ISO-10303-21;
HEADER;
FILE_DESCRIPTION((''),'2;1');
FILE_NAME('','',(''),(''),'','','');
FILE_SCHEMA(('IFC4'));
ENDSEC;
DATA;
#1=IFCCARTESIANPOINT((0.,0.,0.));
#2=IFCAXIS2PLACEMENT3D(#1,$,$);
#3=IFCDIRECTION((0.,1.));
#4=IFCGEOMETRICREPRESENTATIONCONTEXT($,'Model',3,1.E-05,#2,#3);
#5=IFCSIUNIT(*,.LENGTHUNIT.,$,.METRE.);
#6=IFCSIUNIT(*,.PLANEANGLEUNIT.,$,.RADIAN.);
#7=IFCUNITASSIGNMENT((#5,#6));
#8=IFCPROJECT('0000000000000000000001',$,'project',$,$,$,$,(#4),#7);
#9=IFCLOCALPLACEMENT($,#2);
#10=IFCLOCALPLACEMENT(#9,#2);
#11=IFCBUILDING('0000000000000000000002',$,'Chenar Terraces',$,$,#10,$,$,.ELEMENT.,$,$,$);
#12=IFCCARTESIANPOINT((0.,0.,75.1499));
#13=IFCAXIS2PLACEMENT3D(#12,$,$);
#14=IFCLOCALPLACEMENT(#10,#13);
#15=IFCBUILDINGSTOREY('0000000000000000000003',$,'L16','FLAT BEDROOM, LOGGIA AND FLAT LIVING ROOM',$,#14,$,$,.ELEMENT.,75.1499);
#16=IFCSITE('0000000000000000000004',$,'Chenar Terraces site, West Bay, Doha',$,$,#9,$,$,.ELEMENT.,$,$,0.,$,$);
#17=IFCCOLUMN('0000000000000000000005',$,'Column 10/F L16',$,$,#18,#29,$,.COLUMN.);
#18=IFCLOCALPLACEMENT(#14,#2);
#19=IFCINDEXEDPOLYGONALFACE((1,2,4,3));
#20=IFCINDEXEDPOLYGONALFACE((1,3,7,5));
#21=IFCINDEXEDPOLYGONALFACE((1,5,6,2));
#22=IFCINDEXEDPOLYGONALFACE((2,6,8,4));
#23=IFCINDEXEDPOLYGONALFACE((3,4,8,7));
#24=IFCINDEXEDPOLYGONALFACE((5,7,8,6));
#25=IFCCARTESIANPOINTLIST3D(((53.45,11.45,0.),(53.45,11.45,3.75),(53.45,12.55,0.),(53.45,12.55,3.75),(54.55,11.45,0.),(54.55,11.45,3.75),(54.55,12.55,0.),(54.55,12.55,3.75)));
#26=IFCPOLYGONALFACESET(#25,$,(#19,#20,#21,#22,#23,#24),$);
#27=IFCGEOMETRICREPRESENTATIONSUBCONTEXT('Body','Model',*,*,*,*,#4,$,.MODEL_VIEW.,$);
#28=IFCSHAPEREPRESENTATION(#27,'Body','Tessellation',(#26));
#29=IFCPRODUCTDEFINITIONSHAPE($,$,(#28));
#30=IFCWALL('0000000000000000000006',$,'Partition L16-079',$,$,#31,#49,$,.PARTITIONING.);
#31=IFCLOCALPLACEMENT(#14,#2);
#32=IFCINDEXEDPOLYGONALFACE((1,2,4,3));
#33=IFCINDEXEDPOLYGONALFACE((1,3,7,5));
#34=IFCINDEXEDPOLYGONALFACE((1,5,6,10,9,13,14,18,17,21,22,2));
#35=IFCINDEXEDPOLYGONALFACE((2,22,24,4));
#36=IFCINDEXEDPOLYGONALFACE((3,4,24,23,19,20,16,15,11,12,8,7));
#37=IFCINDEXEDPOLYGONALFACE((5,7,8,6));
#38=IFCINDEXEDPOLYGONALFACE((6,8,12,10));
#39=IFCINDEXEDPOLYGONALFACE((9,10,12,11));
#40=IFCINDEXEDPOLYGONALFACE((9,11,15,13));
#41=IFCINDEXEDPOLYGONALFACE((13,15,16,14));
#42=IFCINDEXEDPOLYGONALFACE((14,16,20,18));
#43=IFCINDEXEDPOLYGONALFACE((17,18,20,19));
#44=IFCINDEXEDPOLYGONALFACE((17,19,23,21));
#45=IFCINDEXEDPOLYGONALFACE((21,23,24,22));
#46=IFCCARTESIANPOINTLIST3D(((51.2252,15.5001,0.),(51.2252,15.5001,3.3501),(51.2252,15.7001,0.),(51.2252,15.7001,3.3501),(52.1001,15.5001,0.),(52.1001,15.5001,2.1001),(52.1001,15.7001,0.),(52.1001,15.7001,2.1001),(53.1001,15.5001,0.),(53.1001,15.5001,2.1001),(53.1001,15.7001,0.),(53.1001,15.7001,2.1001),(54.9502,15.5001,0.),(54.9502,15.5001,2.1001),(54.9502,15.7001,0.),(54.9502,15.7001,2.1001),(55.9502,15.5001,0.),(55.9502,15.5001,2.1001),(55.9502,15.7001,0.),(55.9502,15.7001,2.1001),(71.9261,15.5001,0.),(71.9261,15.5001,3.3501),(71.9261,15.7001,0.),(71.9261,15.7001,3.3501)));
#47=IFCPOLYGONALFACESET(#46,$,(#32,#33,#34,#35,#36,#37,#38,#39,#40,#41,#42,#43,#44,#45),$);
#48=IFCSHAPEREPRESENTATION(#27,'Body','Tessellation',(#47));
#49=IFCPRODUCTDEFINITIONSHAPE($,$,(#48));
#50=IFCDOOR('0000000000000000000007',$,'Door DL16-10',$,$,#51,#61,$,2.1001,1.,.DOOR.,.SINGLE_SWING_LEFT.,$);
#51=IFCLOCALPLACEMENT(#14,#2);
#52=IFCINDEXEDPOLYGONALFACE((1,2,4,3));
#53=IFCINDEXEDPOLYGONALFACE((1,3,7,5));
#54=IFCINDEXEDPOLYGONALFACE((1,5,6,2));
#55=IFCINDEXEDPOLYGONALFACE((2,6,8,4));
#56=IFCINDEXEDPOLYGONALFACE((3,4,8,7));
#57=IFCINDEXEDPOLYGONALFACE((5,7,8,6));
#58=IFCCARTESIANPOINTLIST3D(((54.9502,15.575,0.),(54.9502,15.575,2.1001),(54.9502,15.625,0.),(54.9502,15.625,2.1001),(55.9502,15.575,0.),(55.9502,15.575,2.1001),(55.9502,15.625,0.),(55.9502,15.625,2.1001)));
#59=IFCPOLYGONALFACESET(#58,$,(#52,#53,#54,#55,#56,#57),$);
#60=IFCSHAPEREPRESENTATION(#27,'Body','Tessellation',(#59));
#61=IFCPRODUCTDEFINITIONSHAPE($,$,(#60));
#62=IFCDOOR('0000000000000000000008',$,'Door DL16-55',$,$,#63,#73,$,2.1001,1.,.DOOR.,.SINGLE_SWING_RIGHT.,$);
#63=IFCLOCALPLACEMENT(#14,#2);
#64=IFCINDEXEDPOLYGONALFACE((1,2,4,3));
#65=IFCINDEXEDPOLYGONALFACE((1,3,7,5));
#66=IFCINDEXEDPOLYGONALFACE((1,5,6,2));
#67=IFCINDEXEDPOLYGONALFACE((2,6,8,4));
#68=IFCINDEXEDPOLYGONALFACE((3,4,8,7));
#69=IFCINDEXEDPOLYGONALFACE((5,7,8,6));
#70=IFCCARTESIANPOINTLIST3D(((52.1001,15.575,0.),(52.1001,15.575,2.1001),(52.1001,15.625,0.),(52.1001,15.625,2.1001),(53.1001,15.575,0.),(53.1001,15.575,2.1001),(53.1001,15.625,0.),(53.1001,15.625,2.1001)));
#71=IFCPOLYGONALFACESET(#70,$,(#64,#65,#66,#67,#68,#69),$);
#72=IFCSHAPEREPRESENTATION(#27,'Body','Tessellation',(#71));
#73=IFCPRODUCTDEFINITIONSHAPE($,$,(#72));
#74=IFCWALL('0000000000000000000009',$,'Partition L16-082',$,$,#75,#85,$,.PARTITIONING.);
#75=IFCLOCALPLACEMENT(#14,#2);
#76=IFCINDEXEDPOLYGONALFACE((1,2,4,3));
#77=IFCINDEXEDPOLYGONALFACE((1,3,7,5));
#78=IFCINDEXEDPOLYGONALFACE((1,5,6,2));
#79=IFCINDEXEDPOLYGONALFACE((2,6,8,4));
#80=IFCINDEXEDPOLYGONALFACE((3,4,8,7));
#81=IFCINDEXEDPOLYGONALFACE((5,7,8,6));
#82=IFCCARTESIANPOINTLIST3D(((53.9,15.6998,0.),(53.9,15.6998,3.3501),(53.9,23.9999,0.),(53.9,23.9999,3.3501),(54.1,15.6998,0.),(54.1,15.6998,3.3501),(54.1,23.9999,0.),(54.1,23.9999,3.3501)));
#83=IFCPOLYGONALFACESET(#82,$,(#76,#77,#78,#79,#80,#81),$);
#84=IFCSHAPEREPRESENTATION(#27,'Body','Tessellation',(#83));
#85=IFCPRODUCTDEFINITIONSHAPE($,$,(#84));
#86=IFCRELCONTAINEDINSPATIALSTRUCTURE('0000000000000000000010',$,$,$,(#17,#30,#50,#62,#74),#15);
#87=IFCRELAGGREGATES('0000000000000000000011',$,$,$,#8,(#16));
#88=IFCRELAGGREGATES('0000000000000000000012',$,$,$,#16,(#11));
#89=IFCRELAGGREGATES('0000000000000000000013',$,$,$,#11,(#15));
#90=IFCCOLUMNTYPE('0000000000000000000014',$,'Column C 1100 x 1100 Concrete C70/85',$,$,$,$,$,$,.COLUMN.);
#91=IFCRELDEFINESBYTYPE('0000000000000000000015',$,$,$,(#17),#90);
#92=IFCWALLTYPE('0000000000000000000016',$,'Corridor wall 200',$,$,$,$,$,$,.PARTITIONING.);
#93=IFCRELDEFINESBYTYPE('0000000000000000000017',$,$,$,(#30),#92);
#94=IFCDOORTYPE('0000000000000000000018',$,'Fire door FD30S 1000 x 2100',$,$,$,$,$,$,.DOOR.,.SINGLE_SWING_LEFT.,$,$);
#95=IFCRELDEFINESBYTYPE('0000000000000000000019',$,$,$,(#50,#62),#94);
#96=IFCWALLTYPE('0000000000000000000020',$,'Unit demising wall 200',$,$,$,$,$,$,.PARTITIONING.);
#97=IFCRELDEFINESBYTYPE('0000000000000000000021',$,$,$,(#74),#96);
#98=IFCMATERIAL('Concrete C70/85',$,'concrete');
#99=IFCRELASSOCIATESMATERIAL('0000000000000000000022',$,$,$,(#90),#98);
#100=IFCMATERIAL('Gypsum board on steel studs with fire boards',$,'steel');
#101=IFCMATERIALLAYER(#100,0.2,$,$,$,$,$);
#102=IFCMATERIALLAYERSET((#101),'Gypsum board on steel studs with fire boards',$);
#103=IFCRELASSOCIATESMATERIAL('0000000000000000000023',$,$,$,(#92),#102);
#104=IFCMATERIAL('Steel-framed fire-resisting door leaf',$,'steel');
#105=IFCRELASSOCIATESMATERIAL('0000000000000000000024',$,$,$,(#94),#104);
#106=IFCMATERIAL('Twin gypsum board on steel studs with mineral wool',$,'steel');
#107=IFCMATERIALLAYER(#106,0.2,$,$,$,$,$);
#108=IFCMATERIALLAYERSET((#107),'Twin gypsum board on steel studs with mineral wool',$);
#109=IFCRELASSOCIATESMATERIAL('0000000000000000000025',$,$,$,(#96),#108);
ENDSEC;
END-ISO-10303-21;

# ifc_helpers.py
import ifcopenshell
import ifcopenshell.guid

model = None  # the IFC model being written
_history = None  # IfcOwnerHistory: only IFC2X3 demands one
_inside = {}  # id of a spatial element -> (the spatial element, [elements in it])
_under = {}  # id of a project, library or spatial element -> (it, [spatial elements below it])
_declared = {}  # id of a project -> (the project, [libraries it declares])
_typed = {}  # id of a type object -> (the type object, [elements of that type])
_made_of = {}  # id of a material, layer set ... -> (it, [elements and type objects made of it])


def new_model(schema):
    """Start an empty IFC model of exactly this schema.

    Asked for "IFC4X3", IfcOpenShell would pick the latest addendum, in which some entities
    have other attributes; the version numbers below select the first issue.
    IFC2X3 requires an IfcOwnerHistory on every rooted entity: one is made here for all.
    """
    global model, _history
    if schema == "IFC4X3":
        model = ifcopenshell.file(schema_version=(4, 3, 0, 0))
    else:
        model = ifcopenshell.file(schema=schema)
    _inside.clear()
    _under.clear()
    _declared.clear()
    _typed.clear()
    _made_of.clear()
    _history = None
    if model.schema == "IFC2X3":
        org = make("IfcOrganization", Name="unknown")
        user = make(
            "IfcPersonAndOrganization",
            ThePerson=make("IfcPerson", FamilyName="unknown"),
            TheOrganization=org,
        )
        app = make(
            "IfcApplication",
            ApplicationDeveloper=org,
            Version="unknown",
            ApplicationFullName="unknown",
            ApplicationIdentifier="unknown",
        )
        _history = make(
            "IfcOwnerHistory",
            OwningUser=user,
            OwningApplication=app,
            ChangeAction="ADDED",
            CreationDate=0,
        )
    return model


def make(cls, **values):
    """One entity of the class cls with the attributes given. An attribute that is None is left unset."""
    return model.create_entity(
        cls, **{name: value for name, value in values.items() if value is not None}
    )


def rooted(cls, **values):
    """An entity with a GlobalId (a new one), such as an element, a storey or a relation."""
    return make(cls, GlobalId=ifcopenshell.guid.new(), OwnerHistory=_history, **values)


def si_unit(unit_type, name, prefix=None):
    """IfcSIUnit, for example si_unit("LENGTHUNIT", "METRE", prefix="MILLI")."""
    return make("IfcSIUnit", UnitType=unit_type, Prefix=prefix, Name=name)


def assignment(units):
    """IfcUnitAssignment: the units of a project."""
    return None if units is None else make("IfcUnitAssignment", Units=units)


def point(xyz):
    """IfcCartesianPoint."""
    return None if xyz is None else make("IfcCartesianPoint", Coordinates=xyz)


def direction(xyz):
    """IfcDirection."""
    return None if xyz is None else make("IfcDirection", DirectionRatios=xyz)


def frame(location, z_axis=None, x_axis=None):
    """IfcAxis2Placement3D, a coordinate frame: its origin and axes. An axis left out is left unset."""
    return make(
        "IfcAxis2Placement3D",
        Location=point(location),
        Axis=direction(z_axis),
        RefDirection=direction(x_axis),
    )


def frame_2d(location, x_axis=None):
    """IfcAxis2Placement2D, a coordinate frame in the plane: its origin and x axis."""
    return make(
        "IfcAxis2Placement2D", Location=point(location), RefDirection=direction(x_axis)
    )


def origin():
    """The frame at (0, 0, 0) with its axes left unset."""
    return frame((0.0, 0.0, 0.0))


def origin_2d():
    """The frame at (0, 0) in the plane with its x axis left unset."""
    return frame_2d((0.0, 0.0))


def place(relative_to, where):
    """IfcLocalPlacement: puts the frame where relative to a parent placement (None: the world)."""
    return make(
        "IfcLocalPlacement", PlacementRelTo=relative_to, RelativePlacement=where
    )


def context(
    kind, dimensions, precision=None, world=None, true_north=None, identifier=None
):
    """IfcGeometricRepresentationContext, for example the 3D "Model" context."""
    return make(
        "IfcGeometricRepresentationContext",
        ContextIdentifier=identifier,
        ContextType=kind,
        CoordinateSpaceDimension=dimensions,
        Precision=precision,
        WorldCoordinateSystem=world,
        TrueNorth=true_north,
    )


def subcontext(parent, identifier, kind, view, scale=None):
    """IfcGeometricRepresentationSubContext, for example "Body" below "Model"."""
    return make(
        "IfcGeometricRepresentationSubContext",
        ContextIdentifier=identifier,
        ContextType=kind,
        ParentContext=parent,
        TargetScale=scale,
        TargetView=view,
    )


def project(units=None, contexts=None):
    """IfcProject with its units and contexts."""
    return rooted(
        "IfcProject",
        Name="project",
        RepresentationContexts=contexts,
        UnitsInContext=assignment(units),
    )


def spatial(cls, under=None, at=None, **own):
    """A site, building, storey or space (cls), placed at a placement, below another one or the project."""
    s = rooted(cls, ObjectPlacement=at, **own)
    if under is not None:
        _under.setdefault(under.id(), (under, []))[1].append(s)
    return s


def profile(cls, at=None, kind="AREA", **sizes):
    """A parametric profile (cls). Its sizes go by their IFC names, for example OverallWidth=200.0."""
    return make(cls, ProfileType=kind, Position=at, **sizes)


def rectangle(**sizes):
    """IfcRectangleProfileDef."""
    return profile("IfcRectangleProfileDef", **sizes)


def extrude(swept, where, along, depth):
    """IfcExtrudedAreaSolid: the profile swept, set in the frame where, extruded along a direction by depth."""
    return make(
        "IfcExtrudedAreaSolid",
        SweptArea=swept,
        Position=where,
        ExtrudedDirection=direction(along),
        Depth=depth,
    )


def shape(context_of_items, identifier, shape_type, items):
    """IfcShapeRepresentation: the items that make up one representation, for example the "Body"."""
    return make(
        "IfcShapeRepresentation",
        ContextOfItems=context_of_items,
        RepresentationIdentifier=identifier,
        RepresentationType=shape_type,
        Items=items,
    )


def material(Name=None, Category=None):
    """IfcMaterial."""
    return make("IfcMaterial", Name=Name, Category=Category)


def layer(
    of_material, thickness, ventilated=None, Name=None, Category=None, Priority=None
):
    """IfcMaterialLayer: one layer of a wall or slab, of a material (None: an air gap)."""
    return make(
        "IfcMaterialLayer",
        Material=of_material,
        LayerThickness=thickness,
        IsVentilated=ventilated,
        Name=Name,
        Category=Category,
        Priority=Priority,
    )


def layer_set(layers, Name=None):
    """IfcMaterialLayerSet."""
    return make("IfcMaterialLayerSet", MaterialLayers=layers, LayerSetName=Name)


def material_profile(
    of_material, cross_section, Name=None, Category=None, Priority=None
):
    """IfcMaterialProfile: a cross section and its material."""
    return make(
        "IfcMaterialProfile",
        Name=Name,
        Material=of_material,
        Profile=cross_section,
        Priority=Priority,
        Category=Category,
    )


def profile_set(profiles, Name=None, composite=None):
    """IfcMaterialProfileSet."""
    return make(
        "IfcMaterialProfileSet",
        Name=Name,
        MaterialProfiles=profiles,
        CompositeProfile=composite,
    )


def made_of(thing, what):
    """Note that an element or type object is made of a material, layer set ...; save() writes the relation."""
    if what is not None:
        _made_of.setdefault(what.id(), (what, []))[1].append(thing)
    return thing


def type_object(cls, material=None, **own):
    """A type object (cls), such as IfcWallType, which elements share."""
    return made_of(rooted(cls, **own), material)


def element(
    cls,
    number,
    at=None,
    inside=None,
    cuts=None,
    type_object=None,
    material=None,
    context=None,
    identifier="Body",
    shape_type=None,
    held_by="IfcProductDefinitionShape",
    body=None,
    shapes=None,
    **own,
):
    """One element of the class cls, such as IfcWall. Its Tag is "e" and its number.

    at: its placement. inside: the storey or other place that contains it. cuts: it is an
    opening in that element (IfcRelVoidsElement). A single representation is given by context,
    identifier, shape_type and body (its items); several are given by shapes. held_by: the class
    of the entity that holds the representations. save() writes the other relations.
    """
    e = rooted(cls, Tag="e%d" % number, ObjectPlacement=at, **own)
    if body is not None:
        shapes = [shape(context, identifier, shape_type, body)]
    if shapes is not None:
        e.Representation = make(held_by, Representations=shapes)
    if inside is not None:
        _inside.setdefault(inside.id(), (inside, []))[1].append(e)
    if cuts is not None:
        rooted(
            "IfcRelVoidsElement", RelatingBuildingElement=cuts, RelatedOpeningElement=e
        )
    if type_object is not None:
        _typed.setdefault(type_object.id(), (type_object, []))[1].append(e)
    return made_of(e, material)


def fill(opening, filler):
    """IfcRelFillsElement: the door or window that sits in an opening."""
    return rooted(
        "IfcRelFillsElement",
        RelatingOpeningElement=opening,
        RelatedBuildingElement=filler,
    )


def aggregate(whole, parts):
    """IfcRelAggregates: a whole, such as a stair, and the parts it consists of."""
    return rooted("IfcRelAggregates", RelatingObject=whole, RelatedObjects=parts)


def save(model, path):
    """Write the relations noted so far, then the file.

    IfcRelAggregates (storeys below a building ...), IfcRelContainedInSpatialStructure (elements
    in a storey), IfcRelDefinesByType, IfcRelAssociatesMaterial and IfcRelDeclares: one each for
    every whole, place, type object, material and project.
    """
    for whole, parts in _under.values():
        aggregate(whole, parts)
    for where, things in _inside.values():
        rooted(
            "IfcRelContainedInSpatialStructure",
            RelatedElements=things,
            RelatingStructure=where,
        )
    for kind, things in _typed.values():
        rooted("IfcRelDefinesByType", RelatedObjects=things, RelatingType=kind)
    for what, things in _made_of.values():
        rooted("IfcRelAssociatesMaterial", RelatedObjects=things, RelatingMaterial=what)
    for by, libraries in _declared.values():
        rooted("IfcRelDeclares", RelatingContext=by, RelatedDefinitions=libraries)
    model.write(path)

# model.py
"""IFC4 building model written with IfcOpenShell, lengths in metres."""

from ifc_helpers import new_model, si_unit, direction, frame, frame_2d, origin, origin_2d, place, context, subcontext, project, spatial, rectangle, extrude, material, layer, layer_set, material_profile, profile_set, type_object, element, fill, save


model = new_model("IFC4")

# Units and contexts
model_context = context("Model", 3, precision=1e-05, world=origin(), true_north=direction((0.0, 1.0)))
body_context = subcontext(model_context, "Body", "Model", "MODEL_VIEW")
ifc_project = project(units=[si_unit("LENGTHUNIT", "METRE"), si_unit("PLANEANGLEUNIT", "RADIAN")], contexts=[model_context])

# Site, building, storey
site_placement = place(None, origin())
site = spatial("IfcSite", under=ifc_project, at=site_placement, Name="Chenar Terraces site, West Bay, Doha", CompositionType="ELEMENT", RefElevation=0.0)
building_placement = place(site_placement, origin())
building = spatial("IfcBuilding", under=site, at=building_placement, Name="Chenar Terraces", CompositionType="ELEMENT")
storey_placement = place(building_placement, frame((0.0, 0.0, 75.1499)))
storey = spatial("IfcBuildingStorey", under=building, at=storey_placement, Name="L16", Description="FLAT BEDROOM, LOGGIA AND FLAT LIVING ROOM", CompositionType="ELEMENT", Elevation=75.1499)

# Column
ifc_material_1 = material(Name="Concrete C70/85", Category="concrete")
ifc_material_profile = material_profile(ifc_material_1, rectangle(XDim=1.1001, YDim=1.1001, at=origin_2d()), Name="C 1100 x 1100")
ifc_profile_set = profile_set([ifc_material_profile], Name="Concrete C70/85")
column_type = type_object("IfcColumnType", Name="Column C 1100 x 1100 Concrete C70/85", PredefinedType="COLUMN", material=ifc_profile_set)
column_placement = place(storey_placement, frame((54.0, 12.0, 0.0), z_axis=(0.0, 0.0, 1.0), x_axis=(1.0, 0.0, 0.0)))
element("IfcColumn", 1, at=column_placement, inside=storey, type_object=column_type, Name="Column 10/F L16", PredefinedType="COLUMN", context=body_context, shape_type="SweptSolid", body=[
    extrude(rectangle(XDim=1.1001, YDim=1.1001, at=origin_2d()), origin(), (0.0, 0.0, 1.0), 3.75),
])

# Wall, openings, doors
ifc_material_2 = material(Name="Gypsum board on steel studs with fire boards", Category="steel")
ifc_layer_1 = layer(ifc_material_2, 0.2)
ifc_layer_set_1 = layer_set([ifc_layer_1], Name="Gypsum board on steel studs with fire boards")
wall_type_1 = type_object("IfcWallType", Name="Corridor wall 200", PredefinedType="PARTITIONING", material=ifc_layer_set_1)
wall_1_placement = place(storey_placement, frame((51.2251, 15.6001, 0.0), z_axis=(0.0, 0.0, 1.0), x_axis=(1.0, 0.0, 0.0)))
wall_1 = element("IfcWall", 2, at=wall_1_placement, inside=storey, type_object=wall_type_1, Name="Partition L16-079", PredefinedType="PARTITIONING", context=body_context, shape_type="SweptSolid", body=[
    extrude(rectangle(XDim=20.7009, YDim=0.2, at=frame_2d((10.3506, 0.0))), origin(), (0.0, 0.0, 1.0), 3.3501),
])
opening_1_placement = place(wall_1_placement, frame((3.7251, 0.0, 0.0)))
opening_1 = element("IfcOpeningElement", 3, at=opening_1_placement, cuts=wall_1, PredefinedType="OPENING", context=body_context, shape_type="SweptSolid", body=[
    extrude(rectangle(XDim=1.0, YDim=2.1001, at=frame_2d((0.5, 1.05))), frame((0.0, 0.1099, 0.0), z_axis=(0.0, -1.0, 0.0), x_axis=(1.0, 0.0, 0.0)), (0.0, 0.0, 1.0), 0.22),
])
opening_2_placement = place(wall_1_placement, frame((0.875, 0.0, 0.0)))
opening_2 = element("IfcOpeningElement", 4, at=opening_2_placement, cuts=wall_1, PredefinedType="OPENING", context=body_context, shape_type="SweptSolid", body=[
    extrude(rectangle(XDim=1.0, YDim=2.1001, at=frame_2d((0.5, 1.05))), frame((0.0, 0.1099, 0.0), z_axis=(0.0, -1.0, 0.0), x_axis=(1.0, 0.0, 0.0)), (0.0, 0.0, 1.0), 0.22),
])
ifc_material_3 = material(Name="Steel-framed fire-resisting door leaf", Category="steel")
door_type_1 = type_object("IfcDoorType", Name="Fire door FD30S 1000 x 2100", OperationType="SINGLE_SWING_LEFT", PredefinedType="DOOR", material=ifc_material_3)
door_1_placement = place(opening_1_placement, origin())
door_1 = element("IfcDoor", 5, at=door_1_placement, inside=storey, type_object=door_type_1, Name="Door DL16-10", OperationType="SINGLE_SWING_LEFT", OverallHeight=2.1001, OverallWidth=1.0, PredefinedType="DOOR", context=body_context, shape_type="SweptSolid", body=[
    extrude(rectangle(XDim=1.0, YDim=2.1001, at=frame_2d((0.5, 1.05))), frame((0.0, 0.0249, 0.0), z_axis=(0.0, -1.0, 0.0), x_axis=(1.0, 0.0, 0.0)), (0.0, 0.0, 1.0), 0.05),
])
fill(opening_1, door_1)
door_2_placement = place(opening_2_placement, origin())
door_2 = element("IfcDoor", 6, at=door_2_placement, inside=storey, type_object=door_type_1, Name="Door DL16-55", OperationType="SINGLE_SWING_RIGHT", OverallHeight=2.1001, OverallWidth=1.0, PredefinedType="DOOR", context=body_context, shape_type="SweptSolid", body=[
    extrude(rectangle(XDim=1.0, YDim=2.1001, at=frame_2d((0.5, 1.05))), frame((0.0, 0.0249, 0.0), z_axis=(0.0, -1.0, 0.0), x_axis=(1.0, 0.0, 0.0)), (0.0, 0.0, 1.0), 0.05),
])
fill(opening_2, door_2)

# Wall
ifc_material_4 = material(Name="Twin gypsum board on steel studs with mineral wool", Category="steel")
ifc_layer_2 = layer(ifc_material_4, 0.2)
ifc_layer_set_2 = layer_set([ifc_layer_2], Name="Twin gypsum board on steel studs with mineral wool")
wall_type_2 = type_object("IfcWallType", Name="Unit demising wall 200", PredefinedType="PARTITIONING", material=ifc_layer_set_2)
wall_2_placement = place(storey_placement, frame((54.0, 15.7, 0.0), z_axis=(0.0, 0.0, 1.0), x_axis=(0.0, 1.0, 0.0)))
element("IfcWall", 7, at=wall_2_placement, inside=storey, type_object=wall_type_2, Name="Partition L16-082", PredefinedType="PARTITIONING", context=body_context, shape_type="SweptSolid", body=[
    extrude(rectangle(XDim=8.3, YDim=0.2, at=frame_2d((4.1499, 0.0))), origin(), (0.0, 0.0, 1.0), 3.3501),
])

save(model, "model.ifc")
